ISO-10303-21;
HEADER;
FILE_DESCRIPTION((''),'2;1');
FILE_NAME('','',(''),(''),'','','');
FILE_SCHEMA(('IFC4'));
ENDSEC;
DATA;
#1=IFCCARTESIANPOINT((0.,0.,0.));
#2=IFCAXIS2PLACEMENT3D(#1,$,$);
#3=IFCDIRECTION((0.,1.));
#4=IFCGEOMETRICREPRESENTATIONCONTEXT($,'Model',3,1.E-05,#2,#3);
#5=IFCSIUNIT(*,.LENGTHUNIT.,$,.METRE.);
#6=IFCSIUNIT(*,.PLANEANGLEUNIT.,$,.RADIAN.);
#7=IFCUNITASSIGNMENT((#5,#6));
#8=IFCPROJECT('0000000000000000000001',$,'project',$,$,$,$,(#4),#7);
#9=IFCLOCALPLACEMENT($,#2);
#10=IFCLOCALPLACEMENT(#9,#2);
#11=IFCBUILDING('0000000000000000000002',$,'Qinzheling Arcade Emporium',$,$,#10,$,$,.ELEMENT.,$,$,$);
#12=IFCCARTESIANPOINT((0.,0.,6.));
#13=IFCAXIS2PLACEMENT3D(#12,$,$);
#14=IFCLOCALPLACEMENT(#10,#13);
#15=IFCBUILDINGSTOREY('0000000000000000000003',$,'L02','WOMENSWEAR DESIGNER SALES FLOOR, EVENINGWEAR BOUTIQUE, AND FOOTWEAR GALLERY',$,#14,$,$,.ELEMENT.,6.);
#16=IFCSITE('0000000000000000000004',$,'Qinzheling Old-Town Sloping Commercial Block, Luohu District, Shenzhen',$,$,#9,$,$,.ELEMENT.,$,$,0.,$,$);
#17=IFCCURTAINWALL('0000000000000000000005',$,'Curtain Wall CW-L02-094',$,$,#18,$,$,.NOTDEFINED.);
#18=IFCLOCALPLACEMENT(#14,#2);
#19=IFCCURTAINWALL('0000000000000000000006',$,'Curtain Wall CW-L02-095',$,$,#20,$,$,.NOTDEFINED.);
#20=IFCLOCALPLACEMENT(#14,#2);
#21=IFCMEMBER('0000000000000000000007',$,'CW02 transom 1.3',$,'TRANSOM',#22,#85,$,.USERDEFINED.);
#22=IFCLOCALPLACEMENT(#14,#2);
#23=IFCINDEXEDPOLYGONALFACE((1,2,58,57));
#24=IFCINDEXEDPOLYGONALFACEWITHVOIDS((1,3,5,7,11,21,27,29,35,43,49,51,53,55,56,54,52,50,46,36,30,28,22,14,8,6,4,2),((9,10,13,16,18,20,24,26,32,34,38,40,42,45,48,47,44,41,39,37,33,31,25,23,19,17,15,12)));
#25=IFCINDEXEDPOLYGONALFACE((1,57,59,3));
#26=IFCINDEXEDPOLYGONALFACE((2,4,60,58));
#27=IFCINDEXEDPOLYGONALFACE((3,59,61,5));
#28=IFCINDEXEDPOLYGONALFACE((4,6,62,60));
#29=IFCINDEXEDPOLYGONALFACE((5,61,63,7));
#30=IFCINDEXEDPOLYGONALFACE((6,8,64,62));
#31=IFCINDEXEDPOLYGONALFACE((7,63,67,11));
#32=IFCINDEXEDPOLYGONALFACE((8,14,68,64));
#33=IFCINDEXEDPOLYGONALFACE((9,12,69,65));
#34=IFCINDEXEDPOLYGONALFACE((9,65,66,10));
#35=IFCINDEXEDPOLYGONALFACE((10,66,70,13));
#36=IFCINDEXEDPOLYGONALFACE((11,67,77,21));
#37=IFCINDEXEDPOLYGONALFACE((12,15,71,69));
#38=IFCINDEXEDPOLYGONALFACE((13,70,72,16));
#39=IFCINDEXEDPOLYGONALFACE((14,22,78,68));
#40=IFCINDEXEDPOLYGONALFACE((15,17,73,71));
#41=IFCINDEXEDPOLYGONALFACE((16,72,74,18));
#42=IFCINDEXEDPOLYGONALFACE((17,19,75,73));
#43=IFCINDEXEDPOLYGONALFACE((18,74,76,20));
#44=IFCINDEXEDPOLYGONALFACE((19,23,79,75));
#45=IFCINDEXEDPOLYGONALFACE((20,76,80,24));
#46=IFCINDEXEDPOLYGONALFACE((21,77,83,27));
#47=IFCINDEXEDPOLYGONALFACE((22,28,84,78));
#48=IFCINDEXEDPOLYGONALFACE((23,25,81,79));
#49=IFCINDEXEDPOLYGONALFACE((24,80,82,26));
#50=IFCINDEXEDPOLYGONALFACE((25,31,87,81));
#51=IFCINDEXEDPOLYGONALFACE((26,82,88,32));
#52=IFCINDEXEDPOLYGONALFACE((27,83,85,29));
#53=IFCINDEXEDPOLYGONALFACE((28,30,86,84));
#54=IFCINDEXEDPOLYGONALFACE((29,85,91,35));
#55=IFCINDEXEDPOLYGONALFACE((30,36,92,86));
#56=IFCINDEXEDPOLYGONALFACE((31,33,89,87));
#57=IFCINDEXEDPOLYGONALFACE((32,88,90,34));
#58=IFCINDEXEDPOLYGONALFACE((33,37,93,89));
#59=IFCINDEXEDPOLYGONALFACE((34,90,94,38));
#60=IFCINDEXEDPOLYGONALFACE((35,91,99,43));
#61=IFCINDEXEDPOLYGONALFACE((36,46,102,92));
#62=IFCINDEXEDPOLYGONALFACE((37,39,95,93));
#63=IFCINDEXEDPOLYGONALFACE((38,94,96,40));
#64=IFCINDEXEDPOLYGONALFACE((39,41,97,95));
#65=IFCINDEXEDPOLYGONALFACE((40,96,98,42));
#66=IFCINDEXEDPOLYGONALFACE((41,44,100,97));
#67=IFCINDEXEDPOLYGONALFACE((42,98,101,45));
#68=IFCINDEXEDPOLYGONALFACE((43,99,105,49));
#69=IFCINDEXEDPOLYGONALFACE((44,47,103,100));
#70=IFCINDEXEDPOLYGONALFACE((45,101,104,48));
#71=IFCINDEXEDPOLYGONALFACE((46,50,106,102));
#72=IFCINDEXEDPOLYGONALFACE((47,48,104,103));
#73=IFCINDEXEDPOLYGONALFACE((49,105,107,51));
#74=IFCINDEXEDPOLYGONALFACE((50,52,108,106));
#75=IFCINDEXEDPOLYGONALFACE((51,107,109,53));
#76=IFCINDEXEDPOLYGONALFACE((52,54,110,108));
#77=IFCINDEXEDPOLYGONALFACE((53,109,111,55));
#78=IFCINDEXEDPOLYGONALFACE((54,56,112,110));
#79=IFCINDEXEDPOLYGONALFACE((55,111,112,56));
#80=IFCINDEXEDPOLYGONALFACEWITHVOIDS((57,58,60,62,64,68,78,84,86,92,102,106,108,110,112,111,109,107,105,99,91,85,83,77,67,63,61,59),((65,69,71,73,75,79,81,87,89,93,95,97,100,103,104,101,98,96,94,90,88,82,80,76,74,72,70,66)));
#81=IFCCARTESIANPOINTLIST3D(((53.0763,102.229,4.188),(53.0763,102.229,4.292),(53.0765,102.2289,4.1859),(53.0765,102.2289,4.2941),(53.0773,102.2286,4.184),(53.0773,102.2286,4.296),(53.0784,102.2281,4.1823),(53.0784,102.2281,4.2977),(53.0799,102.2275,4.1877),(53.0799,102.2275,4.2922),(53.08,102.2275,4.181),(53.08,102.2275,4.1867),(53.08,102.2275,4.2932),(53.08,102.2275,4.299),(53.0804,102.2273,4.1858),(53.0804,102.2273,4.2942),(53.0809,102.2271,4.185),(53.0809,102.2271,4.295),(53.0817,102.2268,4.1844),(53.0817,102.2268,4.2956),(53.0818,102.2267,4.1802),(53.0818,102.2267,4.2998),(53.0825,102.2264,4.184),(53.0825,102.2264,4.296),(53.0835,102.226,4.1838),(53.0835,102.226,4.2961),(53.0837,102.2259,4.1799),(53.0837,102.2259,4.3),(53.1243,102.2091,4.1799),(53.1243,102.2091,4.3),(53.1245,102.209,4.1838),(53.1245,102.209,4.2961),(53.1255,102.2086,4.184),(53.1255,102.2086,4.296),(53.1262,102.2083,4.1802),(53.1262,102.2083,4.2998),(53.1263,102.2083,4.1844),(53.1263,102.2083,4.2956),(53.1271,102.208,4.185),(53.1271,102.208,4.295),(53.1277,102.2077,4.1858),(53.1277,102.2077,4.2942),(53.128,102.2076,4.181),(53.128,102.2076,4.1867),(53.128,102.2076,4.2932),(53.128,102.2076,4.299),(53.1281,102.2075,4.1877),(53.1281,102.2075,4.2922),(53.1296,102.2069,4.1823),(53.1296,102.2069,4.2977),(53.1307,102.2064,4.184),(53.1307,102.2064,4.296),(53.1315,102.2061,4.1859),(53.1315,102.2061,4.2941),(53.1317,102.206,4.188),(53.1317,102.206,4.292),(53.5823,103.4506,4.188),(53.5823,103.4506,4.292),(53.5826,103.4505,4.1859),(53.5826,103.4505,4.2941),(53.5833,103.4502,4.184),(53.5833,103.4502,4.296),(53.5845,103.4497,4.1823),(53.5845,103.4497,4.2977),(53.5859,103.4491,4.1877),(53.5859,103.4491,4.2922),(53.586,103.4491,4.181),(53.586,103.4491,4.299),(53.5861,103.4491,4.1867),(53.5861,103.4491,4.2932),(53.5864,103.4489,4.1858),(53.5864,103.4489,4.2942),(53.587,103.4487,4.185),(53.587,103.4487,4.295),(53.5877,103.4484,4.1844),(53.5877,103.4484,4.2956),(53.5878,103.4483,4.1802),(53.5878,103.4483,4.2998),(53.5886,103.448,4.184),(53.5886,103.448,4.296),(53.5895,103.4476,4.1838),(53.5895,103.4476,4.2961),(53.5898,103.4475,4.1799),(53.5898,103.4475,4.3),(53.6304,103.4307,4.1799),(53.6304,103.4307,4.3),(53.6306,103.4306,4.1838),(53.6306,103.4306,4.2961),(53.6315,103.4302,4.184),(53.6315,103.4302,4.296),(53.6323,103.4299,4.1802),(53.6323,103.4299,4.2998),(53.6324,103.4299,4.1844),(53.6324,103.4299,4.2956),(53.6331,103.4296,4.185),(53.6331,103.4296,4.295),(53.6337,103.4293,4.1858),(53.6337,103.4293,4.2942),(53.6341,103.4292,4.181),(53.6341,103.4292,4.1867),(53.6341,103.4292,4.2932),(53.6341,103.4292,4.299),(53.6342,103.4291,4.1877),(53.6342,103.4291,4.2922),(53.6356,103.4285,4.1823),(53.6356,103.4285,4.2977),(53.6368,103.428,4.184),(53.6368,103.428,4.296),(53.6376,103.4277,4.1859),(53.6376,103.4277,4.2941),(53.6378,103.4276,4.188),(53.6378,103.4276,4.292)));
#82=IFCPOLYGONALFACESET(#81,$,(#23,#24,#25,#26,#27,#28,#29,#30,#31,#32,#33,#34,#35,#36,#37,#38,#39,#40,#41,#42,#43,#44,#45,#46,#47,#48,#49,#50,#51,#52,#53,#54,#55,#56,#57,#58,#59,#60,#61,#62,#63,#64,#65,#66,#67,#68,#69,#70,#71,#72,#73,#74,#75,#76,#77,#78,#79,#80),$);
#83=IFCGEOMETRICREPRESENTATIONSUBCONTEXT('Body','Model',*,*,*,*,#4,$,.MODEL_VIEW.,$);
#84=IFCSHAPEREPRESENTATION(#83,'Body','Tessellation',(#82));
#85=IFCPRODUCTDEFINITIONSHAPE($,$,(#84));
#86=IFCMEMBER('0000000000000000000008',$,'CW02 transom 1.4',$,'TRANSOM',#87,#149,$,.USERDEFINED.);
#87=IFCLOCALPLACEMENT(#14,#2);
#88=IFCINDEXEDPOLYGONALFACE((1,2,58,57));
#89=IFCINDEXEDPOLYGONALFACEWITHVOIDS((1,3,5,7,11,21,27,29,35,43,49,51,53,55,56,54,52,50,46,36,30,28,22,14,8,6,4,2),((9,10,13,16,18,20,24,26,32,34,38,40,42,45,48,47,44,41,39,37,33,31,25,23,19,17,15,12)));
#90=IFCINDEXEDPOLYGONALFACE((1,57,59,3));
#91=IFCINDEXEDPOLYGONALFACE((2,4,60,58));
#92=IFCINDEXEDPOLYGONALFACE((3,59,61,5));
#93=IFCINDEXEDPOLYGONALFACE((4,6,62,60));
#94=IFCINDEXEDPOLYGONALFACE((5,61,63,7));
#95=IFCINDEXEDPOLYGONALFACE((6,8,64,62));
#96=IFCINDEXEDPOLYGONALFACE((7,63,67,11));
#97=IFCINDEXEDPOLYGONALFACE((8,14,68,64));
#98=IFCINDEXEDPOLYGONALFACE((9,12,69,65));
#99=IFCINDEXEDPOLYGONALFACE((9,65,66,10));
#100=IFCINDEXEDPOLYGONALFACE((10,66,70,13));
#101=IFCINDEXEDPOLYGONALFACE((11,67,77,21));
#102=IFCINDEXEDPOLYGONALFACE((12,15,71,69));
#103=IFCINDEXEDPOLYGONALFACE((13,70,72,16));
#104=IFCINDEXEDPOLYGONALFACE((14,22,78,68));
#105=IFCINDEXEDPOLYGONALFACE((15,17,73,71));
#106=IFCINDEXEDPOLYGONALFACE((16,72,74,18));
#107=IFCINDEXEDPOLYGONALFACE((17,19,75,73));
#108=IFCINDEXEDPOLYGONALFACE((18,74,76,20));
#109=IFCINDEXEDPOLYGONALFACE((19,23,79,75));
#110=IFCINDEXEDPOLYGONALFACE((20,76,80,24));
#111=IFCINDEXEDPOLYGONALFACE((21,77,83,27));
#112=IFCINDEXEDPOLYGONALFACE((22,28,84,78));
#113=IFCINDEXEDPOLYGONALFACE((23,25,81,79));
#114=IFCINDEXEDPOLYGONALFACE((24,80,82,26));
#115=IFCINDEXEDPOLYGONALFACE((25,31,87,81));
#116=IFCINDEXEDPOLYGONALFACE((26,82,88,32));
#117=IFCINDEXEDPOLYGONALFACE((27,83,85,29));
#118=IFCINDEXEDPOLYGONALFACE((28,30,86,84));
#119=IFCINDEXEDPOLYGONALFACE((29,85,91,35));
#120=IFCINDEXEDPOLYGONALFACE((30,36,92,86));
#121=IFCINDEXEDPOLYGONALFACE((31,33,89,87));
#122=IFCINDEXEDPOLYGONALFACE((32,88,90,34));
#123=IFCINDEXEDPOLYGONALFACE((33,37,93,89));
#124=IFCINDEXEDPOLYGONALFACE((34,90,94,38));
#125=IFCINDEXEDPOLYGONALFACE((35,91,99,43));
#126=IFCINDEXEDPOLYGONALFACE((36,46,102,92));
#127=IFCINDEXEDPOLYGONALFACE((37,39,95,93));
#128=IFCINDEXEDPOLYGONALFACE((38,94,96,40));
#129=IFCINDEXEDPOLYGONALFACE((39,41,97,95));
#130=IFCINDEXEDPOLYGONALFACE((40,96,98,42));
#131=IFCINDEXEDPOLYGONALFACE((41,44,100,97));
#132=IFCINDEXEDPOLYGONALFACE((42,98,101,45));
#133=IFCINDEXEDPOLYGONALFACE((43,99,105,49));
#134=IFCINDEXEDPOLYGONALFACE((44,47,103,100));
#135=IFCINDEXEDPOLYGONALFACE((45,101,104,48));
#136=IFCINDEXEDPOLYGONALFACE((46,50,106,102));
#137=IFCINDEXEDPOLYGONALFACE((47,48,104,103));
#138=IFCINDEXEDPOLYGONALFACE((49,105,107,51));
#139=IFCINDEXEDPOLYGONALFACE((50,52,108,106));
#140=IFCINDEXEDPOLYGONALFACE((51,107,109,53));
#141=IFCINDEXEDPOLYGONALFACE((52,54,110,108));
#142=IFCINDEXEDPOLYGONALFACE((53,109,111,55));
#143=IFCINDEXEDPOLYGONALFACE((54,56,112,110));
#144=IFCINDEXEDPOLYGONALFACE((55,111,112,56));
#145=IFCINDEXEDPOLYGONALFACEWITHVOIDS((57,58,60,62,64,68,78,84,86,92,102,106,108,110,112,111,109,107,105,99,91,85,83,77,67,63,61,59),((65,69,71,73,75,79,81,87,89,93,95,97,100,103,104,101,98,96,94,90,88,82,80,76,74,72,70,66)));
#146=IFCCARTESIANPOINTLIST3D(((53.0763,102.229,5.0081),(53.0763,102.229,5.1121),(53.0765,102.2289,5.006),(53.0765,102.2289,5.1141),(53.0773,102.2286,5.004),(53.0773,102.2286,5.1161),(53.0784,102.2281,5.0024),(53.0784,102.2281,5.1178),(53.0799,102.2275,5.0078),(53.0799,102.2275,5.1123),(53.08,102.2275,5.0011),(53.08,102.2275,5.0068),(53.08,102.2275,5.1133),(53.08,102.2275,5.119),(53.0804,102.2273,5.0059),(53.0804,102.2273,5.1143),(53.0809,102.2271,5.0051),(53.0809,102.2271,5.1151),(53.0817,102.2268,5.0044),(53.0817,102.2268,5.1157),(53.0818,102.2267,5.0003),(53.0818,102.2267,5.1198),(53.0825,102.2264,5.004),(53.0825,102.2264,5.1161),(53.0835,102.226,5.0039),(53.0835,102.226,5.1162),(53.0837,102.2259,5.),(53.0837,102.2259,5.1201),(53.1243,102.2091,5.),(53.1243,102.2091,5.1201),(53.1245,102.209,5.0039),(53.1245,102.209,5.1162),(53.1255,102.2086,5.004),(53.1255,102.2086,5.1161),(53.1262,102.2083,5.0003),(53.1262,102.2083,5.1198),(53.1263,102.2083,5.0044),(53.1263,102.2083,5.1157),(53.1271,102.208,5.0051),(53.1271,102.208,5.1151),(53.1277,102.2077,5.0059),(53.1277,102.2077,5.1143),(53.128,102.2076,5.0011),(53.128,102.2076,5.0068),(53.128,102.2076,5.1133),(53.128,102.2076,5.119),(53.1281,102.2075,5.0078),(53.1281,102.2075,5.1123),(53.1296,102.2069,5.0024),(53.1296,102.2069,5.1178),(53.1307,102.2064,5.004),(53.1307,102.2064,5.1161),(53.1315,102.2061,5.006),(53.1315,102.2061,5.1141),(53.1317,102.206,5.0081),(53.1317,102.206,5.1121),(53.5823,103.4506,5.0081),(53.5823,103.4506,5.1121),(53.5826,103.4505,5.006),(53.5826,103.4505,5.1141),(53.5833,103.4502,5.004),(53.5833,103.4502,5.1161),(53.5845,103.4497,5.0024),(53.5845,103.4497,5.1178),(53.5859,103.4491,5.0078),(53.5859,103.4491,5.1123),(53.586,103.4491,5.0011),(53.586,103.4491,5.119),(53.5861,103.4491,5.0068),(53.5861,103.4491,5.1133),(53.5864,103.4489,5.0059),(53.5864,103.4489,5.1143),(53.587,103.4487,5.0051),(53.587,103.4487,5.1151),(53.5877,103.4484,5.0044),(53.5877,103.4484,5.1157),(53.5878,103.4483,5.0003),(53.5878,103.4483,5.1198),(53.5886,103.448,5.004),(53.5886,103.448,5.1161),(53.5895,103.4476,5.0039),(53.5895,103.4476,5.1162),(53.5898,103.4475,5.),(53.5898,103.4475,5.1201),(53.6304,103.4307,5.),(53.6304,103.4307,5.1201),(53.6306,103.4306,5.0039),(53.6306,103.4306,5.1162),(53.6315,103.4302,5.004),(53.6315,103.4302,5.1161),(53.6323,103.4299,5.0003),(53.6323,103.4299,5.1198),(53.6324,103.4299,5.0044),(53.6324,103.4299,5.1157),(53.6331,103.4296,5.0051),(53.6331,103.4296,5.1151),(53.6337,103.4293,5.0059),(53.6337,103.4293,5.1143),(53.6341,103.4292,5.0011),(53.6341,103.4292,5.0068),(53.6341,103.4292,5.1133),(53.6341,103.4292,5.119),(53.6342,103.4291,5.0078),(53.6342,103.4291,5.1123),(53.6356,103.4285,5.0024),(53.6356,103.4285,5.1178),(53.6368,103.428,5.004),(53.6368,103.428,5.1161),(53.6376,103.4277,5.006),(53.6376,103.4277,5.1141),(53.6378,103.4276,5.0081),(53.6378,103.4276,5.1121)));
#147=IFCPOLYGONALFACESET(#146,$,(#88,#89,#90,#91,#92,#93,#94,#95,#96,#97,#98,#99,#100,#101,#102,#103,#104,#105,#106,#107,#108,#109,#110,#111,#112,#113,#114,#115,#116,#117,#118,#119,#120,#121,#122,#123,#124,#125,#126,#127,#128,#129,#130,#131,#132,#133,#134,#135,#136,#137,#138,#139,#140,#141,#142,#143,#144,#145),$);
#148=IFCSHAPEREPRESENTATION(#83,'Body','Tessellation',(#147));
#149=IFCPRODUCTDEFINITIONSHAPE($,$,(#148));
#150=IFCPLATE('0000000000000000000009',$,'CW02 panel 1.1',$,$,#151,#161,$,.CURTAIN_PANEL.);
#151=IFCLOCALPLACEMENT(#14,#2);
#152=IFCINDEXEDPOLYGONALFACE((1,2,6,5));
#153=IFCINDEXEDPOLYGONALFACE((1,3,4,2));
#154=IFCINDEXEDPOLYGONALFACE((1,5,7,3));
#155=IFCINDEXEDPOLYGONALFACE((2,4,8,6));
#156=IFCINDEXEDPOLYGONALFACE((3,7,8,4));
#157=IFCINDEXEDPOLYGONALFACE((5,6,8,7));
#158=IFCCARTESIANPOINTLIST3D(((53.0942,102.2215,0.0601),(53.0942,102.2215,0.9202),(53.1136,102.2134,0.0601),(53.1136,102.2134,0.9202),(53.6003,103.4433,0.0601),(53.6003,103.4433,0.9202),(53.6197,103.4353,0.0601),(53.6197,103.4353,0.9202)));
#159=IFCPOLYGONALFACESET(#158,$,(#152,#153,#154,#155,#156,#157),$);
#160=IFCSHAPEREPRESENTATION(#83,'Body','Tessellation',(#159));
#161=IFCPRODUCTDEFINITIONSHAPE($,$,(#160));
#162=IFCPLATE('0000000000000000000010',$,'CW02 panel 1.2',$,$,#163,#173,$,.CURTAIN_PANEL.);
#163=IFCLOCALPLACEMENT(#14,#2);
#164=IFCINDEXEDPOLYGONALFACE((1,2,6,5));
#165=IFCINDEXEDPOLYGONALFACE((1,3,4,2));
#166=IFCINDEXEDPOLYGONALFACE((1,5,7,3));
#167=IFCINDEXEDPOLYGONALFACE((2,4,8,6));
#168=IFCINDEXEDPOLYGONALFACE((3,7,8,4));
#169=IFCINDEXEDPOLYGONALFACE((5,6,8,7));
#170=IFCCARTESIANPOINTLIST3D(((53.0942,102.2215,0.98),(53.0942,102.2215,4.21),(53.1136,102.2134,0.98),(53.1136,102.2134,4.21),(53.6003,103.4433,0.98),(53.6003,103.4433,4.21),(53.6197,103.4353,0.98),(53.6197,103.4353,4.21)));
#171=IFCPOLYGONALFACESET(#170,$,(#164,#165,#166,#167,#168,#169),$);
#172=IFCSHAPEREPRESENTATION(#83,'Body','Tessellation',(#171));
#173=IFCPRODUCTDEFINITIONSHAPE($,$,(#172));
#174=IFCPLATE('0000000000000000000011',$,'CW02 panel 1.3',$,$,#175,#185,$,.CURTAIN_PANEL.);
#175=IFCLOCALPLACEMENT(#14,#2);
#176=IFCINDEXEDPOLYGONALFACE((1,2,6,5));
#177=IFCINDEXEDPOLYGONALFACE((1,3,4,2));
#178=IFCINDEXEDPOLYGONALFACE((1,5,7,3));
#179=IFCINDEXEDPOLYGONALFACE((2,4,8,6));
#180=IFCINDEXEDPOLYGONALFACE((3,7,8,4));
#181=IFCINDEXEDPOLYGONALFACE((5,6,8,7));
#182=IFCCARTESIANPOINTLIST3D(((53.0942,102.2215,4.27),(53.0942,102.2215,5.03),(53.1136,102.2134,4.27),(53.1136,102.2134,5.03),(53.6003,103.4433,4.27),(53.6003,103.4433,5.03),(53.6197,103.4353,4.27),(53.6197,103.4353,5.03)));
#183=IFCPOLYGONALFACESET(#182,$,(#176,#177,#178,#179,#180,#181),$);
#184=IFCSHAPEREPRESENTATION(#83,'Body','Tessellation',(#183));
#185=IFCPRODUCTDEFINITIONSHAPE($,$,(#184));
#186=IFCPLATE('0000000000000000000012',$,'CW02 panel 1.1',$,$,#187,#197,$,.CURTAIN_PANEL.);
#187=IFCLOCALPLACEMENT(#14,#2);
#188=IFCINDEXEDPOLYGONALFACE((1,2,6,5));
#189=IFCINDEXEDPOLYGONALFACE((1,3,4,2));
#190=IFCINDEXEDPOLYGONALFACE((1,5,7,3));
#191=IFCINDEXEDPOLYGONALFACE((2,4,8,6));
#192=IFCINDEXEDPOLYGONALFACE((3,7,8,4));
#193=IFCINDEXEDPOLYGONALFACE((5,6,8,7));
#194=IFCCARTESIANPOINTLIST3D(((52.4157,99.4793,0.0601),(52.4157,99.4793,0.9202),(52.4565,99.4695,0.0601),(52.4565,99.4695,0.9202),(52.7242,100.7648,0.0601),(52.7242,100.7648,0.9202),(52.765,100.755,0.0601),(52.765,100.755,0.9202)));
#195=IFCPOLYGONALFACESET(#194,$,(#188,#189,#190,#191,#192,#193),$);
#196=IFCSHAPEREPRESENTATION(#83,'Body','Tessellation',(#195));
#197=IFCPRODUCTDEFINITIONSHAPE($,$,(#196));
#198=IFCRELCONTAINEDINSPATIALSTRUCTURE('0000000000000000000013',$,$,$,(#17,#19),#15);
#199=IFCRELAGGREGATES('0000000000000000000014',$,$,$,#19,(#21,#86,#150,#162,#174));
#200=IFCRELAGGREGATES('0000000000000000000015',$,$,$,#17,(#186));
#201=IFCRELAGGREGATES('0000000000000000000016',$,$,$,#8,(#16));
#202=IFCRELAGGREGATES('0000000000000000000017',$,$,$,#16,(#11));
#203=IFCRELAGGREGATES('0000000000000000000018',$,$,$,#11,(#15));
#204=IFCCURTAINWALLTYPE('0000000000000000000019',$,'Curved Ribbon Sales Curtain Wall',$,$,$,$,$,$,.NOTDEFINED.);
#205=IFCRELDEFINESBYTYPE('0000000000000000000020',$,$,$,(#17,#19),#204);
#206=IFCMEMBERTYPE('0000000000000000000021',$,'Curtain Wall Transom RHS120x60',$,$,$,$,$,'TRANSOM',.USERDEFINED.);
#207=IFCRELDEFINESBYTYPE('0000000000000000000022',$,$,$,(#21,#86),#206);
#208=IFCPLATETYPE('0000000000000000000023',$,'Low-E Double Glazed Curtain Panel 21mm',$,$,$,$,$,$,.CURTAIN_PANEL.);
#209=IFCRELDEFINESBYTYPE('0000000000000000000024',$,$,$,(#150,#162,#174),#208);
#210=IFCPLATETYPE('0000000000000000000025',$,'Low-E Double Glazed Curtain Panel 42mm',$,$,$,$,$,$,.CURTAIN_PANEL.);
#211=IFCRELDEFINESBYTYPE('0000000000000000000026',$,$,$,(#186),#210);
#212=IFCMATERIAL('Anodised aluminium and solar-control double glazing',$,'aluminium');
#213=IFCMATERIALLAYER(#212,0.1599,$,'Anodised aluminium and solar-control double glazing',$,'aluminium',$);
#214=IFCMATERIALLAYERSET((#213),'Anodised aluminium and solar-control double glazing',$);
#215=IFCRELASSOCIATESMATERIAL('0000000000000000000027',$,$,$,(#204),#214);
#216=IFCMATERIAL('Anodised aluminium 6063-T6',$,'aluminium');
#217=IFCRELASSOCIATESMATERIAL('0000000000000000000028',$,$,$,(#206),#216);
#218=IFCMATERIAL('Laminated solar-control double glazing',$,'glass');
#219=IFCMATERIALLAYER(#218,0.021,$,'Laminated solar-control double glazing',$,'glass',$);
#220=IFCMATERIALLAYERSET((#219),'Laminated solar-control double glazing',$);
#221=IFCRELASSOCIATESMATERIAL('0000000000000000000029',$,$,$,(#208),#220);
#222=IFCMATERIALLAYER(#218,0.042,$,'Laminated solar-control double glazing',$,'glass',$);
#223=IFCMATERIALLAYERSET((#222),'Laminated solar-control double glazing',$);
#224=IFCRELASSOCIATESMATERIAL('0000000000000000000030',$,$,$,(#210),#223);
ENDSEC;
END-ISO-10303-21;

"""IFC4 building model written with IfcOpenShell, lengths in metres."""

from ifc_helpers import new_model, si_unit, direction, frame, origin, origin_2d, place, context, subcontext, project, spatial, rectangle, hollow_rectangle, extrude, material, layer, layer_set, material_profile, profile_set, type_object, element, aggregate, save


model = new_model("IFC4")

# Units and contexts
model_context = context("Model", 3, precision=1e-05, world=origin(), true_north=direction((0.0, 1.0)))
body_context = subcontext(model_context, "Body", "Model", "MODEL_VIEW")
ifc_project = project(units=[si_unit("LENGTHUNIT", "METRE"), si_unit("PLANEANGLEUNIT", "RADIAN")], contexts=[model_context])

# Site, building, storey
site_placement = place(None, origin())
site = spatial("IfcSite", under=ifc_project, at=site_placement, Name="Qinzheling Old-Town Sloping Commercial Block, Luohu District, Shenzhen", CompositionType="ELEMENT", RefElevation=0.0)
building_placement = place(site_placement, origin())
building = spatial("IfcBuilding", under=site, at=building_placement, Name="Qinzheling Arcade Emporium", CompositionType="ELEMENT")
storey_placement = place(building_placement, frame((0.0, 0.0, 6.0)))
storey = spatial("IfcBuildingStorey", under=building, at=storey_placement, Name="L02", Description="WOMENSWEAR DESIGNER SALES FLOOR, EVENINGWEAR BOUTIQUE, AND FOOTWEAR GALLERY", CompositionType="ELEMENT", Elevation=6.0)

# Curtain wall
ifc_material_1 = material(Name="Anodised aluminium and solar-control double glazing", Category="aluminium")
ifc_layer_1 = layer(ifc_material_1, 0.1599, Name="Anodised aluminium and solar-control double glazing", Category="aluminium")
ifc_layer_set_1 = layer_set([ifc_layer_1], Name="Anodised aluminium and solar-control double glazing")
curtain_wall_type = type_object("IfcCurtainWallType", Name="Curved Ribbon Sales Curtain Wall", PredefinedType="NOTDEFINED", material=ifc_layer_set_1)
curtain_wall_1_placement = place(storey_placement, origin())
curtain_wall_1 = element("IfcCurtainWall", 1, at=curtain_wall_1_placement, inside=storey, type_object=curtain_wall_type, Name="Curtain Wall CW-L02-094", PredefinedType="NOTDEFINED")
ifc_material_2 = material(Name="Anodised aluminium 6063-T6", Category="aluminium")

# Curtain wall
curtain_wall_2_placement = place(storey_placement, origin())
curtain_wall_2 = element("IfcCurtainWall", 2, at=curtain_wall_2_placement, inside=storey, type_object=curtain_wall_type, Name="Curtain Wall CW-L02-095", PredefinedType="NOTDEFINED")

# Members
ifc_material_profile_1 = material_profile(ifc_material_2, hollow_rectangle(XDim=0.0601, YDim=0.1201, WallThickness=0.0039, InnerFilletRadius=0.0039, OuterFilletRadius=0.0081, at=origin_2d()), Name="RHS 120x60x4", Category="aluminium")
ifc_profile_set_1 = profile_set([ifc_material_profile_1], Name="Anodised aluminium 6063-T6")
member_type_1 = type_object("IfcMemberType", Name="Curtain Wall Transom RHS120x60", ElementType="TRANSOM", PredefinedType="USERDEFINED", material=ifc_profile_set_1)
member_1_placement = place(storey_placement, frame((53.104, 102.2175, 4.24), z_axis=(0.382727, 0.923862, 0.0), x_axis=(-0.923862, 0.382727, 0.0)))
member_1 = element("IfcMember", 3, at=member_1_placement, type_object=member_type_1, Name="CW02 transom 1.3", ObjectType="TRANSOM", PredefinedType="USERDEFINED", context=body_context, shape_type="SweptSolid", body=[
    extrude(hollow_rectangle(XDim=0.0601, YDim=0.1201, WallThickness=0.0039, InnerFilletRadius=0.0039, OuterFilletRadius=0.0081, at=origin_2d()), origin(), (0.0, 0.0, 1.0), 1.3223),
])
member_2_placement = place(storey_placement, frame((53.104, 102.2175, 5.0601), z_axis=(0.382727, 0.923862, 0.0), x_axis=(-0.923862, 0.382727, 0.0)))
member_2 = element("IfcMember", 4, at=member_2_placement, type_object=member_type_1, Name="CW02 transom 1.4", ObjectType="TRANSOM", PredefinedType="USERDEFINED", context=body_context, shape_type="SweptSolid", body=[
    extrude(hollow_rectangle(XDim=0.0601, YDim=0.1201, WallThickness=0.0039, InnerFilletRadius=0.0039, OuterFilletRadius=0.0081, at=origin_2d()), origin(), (0.0, 0.0, 1.0), 1.3223),
])

# Plates
ifc_material_3 = material(Name="Laminated solar-control double glazing", Category="glass")
ifc_layer_2 = layer(ifc_material_3, 0.021, Name="Laminated solar-control double glazing", Category="glass")
ifc_layer_set_2 = layer_set([ifc_layer_2], Name="Laminated solar-control double glazing")
plate_type_1 = type_object("IfcPlateType", Name="Low-E Double Glazed Curtain Panel 21mm", PredefinedType="CURTAIN_PANEL", material=ifc_layer_set_2)
plate_1_placement = place(storey_placement, frame((53.3569, 102.8284, 0.0601), z_axis=(0.0, 0.0, 1.0), x_axis=(0.382654, 0.923892, 0.0)))
plate_1 = element("IfcPlate", 5, at=plate_1_placement, type_object=plate_type_1, Name="CW02 panel 1.1", PredefinedType="CURTAIN_PANEL", context=body_context, shape_type="SweptSolid", body=[
    extrude(rectangle(XDim=1.3225, YDim=0.021, at=origin_2d()), origin(), (0.0, 0.0, 1.0), 0.8601),
])
plate_2_placement = place(storey_placement, frame((53.3569, 102.8284, 0.98), z_axis=(0.0, 0.0, 1.0), x_axis=(0.382654, 0.923892, 0.0)))
plate_2 = element("IfcPlate", 6, at=plate_2_placement, type_object=plate_type_1, Name="CW02 panel 1.2", PredefinedType="CURTAIN_PANEL", context=body_context, shape_type="SweptSolid", body=[
    extrude(rectangle(XDim=1.3225, YDim=0.021, at=origin_2d()), origin(), (0.0, 0.0, 1.0), 3.23),
])
plate_3_placement = place(storey_placement, frame((53.3569, 102.8284, 4.27), z_axis=(0.0, 0.0, 1.0), x_axis=(0.382654, 0.923892, 0.0)))
plate_3 = element("IfcPlate", 7, at=plate_3_placement, type_object=plate_type_1, Name="CW02 panel 1.3", PredefinedType="CURTAIN_PANEL", context=body_context, shape_type="SweptSolid", body=[
    extrude(rectangle(XDim=1.3225, YDim=0.021, at=origin_2d()), origin(), (0.0, 0.0, 1.0), 0.76),
])
aggregate(curtain_wall_2, [member_1, member_2, plate_1, plate_2, plate_3])
ifc_layer_3 = layer(ifc_material_3, 0.042, Name="Laminated solar-control double glazing", Category="glass")
ifc_layer_set_3 = layer_set([ifc_layer_3], Name="Laminated solar-control double glazing")
plate_type_2 = type_object("IfcPlateType", Name="Low-E Double Glazed Curtain Panel 42mm", PredefinedType="CURTAIN_PANEL", material=ifc_layer_set_3)
plate_4_placement = place(storey_placement, frame((52.5903, 100.1172, 0.0601), z_axis=(0.0, 0.0, 1.0), x_axis=(0.23336, 0.972391, 0.0)))
plate_4 = element("IfcPlate", 8, at=plate_4_placement, type_object=plate_type_2, Name="CW02 panel 1.1", PredefinedType="CURTAIN_PANEL", context=body_context, shape_type="SweptSolid", body=[
    extrude(rectangle(XDim=1.322, YDim=0.042, at=origin_2d()), origin(), (0.0, 0.0, 1.0), 0.8601),
])
aggregate(curtain_wall_1, [plate_4])

save(model, "model.ifc")
